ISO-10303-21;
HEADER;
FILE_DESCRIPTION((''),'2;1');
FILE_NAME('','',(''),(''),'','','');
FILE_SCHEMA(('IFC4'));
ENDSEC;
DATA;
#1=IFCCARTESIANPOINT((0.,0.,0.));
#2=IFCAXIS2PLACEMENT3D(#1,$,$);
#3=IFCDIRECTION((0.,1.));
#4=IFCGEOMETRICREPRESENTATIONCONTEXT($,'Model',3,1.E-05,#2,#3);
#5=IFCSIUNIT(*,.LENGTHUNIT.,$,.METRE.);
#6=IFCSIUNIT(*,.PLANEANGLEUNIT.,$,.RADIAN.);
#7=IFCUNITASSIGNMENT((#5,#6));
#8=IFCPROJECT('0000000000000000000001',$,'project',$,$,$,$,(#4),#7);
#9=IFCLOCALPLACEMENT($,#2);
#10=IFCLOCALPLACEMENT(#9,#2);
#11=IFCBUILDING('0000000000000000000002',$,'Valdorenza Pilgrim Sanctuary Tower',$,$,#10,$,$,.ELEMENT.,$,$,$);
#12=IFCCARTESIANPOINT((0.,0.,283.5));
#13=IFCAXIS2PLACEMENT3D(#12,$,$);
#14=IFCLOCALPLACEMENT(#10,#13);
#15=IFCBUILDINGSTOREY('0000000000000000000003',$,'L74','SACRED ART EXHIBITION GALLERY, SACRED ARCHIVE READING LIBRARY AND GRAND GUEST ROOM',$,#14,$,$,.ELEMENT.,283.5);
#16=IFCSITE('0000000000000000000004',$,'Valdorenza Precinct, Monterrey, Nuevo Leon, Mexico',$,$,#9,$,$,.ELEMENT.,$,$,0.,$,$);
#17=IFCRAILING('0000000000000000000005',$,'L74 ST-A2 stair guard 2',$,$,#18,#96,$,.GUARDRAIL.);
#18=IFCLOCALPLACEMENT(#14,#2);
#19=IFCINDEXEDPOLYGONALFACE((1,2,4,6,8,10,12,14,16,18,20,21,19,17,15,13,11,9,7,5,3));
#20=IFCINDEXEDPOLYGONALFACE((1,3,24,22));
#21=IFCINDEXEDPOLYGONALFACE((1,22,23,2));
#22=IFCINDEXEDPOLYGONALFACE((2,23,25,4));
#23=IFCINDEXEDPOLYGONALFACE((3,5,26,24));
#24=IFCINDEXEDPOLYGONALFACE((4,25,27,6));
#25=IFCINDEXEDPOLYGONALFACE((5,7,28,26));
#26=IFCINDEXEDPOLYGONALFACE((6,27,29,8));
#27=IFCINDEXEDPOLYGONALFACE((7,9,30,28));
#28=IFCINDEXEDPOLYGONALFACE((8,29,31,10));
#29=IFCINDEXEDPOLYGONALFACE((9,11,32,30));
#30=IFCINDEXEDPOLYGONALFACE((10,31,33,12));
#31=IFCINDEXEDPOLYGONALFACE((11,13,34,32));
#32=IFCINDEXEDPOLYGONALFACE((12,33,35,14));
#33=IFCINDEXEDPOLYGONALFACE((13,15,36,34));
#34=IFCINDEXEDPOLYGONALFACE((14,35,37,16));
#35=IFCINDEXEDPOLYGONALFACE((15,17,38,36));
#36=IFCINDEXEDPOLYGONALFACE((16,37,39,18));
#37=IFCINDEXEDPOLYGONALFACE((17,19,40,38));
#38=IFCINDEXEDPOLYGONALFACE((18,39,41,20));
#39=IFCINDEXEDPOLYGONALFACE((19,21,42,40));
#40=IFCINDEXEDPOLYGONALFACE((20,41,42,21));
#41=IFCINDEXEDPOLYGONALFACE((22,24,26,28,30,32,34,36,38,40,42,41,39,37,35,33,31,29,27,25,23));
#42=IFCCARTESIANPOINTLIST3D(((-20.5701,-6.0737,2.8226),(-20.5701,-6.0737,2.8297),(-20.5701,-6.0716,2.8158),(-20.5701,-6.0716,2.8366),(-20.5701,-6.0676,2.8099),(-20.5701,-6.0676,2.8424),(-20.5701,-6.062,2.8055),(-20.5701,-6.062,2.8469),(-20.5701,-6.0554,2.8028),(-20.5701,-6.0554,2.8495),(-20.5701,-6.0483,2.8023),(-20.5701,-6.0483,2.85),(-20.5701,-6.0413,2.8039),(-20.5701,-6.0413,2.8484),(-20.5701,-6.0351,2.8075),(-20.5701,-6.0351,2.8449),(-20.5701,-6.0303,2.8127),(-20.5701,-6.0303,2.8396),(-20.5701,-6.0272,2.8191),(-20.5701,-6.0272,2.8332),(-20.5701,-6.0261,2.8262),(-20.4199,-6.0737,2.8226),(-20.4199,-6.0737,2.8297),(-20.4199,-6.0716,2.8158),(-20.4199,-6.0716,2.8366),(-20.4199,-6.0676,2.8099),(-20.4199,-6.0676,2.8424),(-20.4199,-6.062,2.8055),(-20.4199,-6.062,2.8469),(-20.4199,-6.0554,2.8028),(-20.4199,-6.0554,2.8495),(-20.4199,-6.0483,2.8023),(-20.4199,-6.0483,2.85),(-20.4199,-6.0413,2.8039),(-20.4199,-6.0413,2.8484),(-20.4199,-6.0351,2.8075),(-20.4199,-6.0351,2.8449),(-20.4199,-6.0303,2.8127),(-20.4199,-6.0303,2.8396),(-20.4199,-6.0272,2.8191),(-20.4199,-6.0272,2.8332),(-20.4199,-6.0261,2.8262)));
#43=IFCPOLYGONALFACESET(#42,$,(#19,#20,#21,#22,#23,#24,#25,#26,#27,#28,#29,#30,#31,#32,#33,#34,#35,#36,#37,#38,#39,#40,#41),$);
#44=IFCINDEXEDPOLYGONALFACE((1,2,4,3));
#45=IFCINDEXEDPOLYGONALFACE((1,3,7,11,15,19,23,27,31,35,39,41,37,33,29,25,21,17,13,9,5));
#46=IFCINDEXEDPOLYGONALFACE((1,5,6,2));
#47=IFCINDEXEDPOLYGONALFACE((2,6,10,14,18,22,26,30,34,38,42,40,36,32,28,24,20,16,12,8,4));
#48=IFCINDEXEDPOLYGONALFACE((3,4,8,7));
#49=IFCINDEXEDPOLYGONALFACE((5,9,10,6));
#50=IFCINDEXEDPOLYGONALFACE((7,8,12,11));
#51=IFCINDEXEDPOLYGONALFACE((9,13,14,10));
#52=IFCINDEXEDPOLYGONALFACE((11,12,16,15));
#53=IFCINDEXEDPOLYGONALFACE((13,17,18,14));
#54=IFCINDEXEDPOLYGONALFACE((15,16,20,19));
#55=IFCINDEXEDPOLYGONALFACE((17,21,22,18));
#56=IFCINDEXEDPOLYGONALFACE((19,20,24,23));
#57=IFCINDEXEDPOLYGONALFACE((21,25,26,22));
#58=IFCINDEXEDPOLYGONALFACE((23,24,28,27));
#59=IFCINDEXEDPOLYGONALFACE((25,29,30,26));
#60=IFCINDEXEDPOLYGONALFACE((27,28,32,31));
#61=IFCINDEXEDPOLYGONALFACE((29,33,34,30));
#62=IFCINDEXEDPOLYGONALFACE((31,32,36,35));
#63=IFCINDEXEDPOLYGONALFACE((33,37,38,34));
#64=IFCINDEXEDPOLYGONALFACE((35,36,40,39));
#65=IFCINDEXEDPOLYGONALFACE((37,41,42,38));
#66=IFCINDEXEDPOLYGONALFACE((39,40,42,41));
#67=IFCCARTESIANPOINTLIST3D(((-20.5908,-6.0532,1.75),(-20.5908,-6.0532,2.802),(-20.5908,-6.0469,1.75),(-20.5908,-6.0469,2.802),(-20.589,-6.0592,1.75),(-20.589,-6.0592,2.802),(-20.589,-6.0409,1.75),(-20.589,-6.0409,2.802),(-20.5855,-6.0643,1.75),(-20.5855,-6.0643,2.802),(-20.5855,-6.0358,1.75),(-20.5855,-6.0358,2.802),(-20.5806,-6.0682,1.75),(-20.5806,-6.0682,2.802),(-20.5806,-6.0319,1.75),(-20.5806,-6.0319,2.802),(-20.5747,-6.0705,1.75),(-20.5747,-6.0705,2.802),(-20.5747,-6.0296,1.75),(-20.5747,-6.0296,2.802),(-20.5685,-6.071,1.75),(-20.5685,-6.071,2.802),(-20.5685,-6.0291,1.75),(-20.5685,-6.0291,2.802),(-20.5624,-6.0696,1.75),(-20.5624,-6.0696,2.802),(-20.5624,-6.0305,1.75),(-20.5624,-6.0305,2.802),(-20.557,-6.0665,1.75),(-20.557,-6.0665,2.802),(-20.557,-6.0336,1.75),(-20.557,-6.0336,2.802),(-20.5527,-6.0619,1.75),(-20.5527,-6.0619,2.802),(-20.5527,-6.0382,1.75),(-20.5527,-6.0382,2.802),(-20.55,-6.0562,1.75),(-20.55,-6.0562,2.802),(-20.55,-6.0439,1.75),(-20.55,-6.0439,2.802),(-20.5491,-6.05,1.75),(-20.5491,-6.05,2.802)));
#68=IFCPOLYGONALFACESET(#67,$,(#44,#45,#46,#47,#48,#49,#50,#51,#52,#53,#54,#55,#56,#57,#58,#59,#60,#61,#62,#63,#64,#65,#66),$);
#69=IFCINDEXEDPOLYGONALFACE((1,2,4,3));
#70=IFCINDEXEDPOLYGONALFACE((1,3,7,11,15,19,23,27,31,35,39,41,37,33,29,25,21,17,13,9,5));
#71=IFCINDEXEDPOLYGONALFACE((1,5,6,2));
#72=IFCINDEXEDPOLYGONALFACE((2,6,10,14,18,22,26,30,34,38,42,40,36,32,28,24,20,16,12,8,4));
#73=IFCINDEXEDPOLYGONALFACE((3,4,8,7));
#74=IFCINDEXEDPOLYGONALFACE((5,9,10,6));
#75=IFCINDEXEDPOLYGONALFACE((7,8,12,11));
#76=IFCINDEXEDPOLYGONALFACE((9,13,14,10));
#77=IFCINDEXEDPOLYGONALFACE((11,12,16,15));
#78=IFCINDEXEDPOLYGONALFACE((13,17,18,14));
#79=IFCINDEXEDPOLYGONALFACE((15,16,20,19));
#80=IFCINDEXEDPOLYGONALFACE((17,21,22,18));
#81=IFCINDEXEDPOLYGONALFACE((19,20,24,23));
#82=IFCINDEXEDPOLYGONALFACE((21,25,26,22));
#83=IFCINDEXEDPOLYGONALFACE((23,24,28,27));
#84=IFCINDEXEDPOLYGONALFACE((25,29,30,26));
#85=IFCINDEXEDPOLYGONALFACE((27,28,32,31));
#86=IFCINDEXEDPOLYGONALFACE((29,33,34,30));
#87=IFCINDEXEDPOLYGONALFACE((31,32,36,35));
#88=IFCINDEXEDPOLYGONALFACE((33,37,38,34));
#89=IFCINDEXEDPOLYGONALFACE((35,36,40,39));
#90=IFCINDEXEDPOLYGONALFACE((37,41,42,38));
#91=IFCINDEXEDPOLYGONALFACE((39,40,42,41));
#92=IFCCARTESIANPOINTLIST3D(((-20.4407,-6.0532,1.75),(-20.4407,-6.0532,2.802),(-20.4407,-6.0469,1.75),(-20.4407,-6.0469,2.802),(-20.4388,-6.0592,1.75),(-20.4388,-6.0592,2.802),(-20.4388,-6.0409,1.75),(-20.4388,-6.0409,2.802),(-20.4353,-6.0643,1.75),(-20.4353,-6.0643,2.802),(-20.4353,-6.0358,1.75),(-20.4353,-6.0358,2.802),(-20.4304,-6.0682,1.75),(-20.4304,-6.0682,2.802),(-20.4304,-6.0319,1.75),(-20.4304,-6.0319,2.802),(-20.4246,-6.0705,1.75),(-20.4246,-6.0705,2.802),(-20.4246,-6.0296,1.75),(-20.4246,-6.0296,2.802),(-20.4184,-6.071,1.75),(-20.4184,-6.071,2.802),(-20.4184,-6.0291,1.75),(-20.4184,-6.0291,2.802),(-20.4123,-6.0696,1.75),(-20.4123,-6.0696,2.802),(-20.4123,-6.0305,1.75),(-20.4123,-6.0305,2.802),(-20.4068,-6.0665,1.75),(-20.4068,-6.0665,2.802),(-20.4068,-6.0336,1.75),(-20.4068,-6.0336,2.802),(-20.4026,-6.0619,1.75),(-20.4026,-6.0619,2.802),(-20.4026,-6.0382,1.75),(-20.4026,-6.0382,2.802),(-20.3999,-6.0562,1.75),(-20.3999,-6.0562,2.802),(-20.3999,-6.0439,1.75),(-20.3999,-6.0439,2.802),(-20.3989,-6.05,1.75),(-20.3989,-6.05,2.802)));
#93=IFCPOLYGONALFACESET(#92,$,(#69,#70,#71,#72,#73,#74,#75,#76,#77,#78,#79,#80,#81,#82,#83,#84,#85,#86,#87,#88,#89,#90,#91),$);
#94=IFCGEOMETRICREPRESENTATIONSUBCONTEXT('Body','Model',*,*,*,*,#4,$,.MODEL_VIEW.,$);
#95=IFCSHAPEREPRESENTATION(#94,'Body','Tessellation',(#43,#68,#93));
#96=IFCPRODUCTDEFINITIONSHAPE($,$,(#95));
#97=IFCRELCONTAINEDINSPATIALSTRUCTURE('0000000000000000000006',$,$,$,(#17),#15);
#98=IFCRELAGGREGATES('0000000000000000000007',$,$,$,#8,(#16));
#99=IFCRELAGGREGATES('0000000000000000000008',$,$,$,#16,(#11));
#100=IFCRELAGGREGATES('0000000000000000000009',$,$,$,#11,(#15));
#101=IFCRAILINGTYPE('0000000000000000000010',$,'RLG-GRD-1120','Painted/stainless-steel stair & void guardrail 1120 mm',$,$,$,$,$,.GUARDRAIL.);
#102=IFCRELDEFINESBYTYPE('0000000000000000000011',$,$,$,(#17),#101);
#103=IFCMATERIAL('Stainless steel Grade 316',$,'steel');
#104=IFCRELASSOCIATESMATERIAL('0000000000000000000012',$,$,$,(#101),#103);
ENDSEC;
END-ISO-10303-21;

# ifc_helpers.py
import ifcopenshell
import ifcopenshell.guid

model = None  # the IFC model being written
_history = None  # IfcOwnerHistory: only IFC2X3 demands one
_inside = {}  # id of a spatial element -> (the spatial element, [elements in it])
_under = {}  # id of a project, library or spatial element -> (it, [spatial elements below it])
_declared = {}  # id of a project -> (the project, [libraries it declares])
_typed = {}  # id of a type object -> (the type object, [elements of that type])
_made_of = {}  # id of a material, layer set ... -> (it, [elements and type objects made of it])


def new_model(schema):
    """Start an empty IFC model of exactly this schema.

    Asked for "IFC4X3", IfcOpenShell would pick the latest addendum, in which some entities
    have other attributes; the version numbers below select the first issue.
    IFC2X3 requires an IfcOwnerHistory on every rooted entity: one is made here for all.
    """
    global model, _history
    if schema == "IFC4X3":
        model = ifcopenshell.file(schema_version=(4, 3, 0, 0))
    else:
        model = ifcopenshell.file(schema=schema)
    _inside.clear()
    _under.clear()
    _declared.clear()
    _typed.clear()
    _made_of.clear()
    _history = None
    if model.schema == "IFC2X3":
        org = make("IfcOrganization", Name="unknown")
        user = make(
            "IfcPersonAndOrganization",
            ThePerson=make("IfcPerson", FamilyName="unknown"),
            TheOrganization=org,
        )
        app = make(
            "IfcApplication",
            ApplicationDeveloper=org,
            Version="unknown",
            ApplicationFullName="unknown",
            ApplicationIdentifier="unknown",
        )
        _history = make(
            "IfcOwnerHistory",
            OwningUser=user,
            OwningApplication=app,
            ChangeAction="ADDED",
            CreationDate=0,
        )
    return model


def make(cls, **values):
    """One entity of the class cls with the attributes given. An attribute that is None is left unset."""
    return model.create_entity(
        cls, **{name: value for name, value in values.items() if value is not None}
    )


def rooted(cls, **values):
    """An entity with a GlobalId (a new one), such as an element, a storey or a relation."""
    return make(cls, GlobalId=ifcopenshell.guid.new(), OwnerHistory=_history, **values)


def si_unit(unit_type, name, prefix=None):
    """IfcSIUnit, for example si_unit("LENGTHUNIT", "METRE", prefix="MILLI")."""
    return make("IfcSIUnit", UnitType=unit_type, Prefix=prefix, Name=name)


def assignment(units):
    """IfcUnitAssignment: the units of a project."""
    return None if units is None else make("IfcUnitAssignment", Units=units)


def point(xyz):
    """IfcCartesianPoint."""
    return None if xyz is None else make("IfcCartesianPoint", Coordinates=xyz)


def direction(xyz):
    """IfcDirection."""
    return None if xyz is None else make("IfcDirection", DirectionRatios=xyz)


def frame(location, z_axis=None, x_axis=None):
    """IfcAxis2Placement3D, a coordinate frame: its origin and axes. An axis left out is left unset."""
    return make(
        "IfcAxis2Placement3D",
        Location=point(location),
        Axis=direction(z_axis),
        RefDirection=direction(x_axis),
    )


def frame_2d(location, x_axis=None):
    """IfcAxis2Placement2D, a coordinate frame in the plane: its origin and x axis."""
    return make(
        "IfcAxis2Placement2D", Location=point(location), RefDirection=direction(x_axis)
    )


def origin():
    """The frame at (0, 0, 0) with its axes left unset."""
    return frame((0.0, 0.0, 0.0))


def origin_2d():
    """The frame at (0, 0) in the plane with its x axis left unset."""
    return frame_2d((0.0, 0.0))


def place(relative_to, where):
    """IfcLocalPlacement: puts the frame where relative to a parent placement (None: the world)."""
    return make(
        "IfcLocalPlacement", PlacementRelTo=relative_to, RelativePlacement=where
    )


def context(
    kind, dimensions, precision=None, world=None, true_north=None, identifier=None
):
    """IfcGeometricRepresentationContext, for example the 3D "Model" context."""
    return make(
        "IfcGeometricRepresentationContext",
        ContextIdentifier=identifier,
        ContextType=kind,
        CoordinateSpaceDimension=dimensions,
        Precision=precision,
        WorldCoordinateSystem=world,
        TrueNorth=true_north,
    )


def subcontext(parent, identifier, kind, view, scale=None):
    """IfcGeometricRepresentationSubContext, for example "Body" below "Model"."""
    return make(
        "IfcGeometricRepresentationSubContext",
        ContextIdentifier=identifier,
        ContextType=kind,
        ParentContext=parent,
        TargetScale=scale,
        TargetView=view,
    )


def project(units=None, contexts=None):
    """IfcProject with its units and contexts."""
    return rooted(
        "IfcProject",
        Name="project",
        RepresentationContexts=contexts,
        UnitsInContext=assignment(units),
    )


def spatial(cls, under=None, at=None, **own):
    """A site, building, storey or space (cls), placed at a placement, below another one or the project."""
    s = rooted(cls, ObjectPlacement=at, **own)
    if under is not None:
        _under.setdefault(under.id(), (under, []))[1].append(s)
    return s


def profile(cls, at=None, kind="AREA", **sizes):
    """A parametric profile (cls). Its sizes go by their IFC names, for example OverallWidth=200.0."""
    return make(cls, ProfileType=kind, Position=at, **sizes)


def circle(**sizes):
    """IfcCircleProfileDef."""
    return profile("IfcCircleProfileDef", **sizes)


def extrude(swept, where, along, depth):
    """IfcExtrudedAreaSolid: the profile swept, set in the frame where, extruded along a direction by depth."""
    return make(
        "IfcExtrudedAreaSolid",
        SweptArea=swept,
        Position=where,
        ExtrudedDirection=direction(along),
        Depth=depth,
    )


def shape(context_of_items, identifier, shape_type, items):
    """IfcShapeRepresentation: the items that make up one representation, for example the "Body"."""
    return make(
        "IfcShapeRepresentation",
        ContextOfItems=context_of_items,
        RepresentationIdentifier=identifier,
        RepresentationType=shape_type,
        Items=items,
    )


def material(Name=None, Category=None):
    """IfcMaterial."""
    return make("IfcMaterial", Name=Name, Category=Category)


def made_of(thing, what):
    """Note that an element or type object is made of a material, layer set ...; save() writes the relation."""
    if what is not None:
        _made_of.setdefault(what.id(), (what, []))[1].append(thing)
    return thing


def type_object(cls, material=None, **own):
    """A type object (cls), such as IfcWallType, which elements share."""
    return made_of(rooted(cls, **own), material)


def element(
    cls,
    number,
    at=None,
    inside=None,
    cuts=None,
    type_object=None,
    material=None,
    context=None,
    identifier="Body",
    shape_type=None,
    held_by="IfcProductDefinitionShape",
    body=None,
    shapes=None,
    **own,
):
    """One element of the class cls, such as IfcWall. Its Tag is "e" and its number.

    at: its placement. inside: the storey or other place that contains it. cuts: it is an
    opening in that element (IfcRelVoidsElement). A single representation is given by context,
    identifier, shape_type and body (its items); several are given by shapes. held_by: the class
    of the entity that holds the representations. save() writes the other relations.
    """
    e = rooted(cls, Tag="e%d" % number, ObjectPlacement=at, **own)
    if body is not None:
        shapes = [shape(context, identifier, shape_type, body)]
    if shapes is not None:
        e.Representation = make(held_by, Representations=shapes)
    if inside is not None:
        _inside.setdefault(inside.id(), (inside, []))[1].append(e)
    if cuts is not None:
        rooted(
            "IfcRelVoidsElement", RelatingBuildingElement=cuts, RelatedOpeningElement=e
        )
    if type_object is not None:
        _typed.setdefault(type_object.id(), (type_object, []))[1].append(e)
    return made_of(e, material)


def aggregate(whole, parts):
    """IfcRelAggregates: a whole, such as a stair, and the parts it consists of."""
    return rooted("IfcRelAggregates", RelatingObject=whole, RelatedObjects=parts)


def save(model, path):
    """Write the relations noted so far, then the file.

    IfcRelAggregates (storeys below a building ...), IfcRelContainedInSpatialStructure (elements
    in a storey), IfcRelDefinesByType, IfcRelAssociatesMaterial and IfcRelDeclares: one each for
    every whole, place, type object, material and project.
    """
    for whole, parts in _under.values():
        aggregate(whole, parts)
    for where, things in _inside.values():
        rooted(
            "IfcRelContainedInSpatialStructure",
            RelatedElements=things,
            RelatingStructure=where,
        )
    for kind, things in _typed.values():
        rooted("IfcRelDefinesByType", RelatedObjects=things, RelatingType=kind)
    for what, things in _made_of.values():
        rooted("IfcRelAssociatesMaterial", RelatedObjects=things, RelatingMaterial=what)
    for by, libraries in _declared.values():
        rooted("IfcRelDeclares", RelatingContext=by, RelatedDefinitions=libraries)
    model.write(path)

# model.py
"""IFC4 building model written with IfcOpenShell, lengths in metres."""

from ifc_helpers import new_model, si_unit, direction, frame, origin, origin_2d, place, context, subcontext, project, spatial, circle, extrude, material, type_object, element, save


model = new_model("IFC4")

# Units and contexts
model_context = context("Model", 3, precision=1e-05, world=origin(), true_north=direction((0.0, 1.0)))
body_context = subcontext(model_context, "Body", "Model", "MODEL_VIEW")
ifc_project = project(units=[si_unit("LENGTHUNIT", "METRE"), si_unit("PLANEANGLEUNIT", "RADIAN")], contexts=[model_context])

# Site, building, storey
site_placement = place(None, origin())
site = spatial("IfcSite", under=ifc_project, at=site_placement, Name="Valdorenza Precinct, Monterrey, Nuevo Leon, Mexico", CompositionType="ELEMENT", RefElevation=0.0)
building_placement = place(site_placement, origin())
building = spatial("IfcBuilding", under=site, at=building_placement, Name="Valdorenza Pilgrim Sanctuary Tower", CompositionType="ELEMENT")
storey_placement = place(building_placement, frame((0.0, 0.0, 283.5)))
storey = spatial("IfcBuildingStorey", under=building, at=storey_placement, Name="L74", Description="SACRED ART EXHIBITION GALLERY, SACRED ARCHIVE READING LIBRARY AND GRAND GUEST ROOM", CompositionType="ELEMENT", Elevation=283.5)

# Railing
ifc_material_1 = material(Name="Stainless steel Grade 316", Category="steel")
railing_type_1 = type_object("IfcRailingType", Name="RLG-GRD-1120", Description="Painted/stainless-steel stair & void guardrail 1120 mm", PredefinedType="GUARDRAIL", material=ifc_material_1)
railing_1_placement = place(storey_placement, frame((-20.5701, -6.05, 1.75)))
element("IfcRailing", 1, at=railing_1_placement, inside=storey, type_object=railing_type_1, Name="L74 ST-A2 stair guard 2", PredefinedType="GUARDRAIL", context=body_context, shape_type="SweptSolid", body=[
    extrude(circle(Radius=0.0239, at=origin_2d()), frame((0.0, 0.0, 1.0762), z_axis=(1.0, 0.0, 0.0), x_axis=(0.0, 1.0, 0.0)), (0.0, 0.0, 1.0), 0.1501),
    extrude(circle(Radius=0.021, at=origin_2d()), origin(), (0.0, 0.0, 1.0), 1.052),
    extrude(circle(Radius=0.021, at=origin_2d()), frame((0.1501, 0.0, 0.0)), (0.0, 0.0, 1.0), 1.052),
])

save(model, "model.ifc")
